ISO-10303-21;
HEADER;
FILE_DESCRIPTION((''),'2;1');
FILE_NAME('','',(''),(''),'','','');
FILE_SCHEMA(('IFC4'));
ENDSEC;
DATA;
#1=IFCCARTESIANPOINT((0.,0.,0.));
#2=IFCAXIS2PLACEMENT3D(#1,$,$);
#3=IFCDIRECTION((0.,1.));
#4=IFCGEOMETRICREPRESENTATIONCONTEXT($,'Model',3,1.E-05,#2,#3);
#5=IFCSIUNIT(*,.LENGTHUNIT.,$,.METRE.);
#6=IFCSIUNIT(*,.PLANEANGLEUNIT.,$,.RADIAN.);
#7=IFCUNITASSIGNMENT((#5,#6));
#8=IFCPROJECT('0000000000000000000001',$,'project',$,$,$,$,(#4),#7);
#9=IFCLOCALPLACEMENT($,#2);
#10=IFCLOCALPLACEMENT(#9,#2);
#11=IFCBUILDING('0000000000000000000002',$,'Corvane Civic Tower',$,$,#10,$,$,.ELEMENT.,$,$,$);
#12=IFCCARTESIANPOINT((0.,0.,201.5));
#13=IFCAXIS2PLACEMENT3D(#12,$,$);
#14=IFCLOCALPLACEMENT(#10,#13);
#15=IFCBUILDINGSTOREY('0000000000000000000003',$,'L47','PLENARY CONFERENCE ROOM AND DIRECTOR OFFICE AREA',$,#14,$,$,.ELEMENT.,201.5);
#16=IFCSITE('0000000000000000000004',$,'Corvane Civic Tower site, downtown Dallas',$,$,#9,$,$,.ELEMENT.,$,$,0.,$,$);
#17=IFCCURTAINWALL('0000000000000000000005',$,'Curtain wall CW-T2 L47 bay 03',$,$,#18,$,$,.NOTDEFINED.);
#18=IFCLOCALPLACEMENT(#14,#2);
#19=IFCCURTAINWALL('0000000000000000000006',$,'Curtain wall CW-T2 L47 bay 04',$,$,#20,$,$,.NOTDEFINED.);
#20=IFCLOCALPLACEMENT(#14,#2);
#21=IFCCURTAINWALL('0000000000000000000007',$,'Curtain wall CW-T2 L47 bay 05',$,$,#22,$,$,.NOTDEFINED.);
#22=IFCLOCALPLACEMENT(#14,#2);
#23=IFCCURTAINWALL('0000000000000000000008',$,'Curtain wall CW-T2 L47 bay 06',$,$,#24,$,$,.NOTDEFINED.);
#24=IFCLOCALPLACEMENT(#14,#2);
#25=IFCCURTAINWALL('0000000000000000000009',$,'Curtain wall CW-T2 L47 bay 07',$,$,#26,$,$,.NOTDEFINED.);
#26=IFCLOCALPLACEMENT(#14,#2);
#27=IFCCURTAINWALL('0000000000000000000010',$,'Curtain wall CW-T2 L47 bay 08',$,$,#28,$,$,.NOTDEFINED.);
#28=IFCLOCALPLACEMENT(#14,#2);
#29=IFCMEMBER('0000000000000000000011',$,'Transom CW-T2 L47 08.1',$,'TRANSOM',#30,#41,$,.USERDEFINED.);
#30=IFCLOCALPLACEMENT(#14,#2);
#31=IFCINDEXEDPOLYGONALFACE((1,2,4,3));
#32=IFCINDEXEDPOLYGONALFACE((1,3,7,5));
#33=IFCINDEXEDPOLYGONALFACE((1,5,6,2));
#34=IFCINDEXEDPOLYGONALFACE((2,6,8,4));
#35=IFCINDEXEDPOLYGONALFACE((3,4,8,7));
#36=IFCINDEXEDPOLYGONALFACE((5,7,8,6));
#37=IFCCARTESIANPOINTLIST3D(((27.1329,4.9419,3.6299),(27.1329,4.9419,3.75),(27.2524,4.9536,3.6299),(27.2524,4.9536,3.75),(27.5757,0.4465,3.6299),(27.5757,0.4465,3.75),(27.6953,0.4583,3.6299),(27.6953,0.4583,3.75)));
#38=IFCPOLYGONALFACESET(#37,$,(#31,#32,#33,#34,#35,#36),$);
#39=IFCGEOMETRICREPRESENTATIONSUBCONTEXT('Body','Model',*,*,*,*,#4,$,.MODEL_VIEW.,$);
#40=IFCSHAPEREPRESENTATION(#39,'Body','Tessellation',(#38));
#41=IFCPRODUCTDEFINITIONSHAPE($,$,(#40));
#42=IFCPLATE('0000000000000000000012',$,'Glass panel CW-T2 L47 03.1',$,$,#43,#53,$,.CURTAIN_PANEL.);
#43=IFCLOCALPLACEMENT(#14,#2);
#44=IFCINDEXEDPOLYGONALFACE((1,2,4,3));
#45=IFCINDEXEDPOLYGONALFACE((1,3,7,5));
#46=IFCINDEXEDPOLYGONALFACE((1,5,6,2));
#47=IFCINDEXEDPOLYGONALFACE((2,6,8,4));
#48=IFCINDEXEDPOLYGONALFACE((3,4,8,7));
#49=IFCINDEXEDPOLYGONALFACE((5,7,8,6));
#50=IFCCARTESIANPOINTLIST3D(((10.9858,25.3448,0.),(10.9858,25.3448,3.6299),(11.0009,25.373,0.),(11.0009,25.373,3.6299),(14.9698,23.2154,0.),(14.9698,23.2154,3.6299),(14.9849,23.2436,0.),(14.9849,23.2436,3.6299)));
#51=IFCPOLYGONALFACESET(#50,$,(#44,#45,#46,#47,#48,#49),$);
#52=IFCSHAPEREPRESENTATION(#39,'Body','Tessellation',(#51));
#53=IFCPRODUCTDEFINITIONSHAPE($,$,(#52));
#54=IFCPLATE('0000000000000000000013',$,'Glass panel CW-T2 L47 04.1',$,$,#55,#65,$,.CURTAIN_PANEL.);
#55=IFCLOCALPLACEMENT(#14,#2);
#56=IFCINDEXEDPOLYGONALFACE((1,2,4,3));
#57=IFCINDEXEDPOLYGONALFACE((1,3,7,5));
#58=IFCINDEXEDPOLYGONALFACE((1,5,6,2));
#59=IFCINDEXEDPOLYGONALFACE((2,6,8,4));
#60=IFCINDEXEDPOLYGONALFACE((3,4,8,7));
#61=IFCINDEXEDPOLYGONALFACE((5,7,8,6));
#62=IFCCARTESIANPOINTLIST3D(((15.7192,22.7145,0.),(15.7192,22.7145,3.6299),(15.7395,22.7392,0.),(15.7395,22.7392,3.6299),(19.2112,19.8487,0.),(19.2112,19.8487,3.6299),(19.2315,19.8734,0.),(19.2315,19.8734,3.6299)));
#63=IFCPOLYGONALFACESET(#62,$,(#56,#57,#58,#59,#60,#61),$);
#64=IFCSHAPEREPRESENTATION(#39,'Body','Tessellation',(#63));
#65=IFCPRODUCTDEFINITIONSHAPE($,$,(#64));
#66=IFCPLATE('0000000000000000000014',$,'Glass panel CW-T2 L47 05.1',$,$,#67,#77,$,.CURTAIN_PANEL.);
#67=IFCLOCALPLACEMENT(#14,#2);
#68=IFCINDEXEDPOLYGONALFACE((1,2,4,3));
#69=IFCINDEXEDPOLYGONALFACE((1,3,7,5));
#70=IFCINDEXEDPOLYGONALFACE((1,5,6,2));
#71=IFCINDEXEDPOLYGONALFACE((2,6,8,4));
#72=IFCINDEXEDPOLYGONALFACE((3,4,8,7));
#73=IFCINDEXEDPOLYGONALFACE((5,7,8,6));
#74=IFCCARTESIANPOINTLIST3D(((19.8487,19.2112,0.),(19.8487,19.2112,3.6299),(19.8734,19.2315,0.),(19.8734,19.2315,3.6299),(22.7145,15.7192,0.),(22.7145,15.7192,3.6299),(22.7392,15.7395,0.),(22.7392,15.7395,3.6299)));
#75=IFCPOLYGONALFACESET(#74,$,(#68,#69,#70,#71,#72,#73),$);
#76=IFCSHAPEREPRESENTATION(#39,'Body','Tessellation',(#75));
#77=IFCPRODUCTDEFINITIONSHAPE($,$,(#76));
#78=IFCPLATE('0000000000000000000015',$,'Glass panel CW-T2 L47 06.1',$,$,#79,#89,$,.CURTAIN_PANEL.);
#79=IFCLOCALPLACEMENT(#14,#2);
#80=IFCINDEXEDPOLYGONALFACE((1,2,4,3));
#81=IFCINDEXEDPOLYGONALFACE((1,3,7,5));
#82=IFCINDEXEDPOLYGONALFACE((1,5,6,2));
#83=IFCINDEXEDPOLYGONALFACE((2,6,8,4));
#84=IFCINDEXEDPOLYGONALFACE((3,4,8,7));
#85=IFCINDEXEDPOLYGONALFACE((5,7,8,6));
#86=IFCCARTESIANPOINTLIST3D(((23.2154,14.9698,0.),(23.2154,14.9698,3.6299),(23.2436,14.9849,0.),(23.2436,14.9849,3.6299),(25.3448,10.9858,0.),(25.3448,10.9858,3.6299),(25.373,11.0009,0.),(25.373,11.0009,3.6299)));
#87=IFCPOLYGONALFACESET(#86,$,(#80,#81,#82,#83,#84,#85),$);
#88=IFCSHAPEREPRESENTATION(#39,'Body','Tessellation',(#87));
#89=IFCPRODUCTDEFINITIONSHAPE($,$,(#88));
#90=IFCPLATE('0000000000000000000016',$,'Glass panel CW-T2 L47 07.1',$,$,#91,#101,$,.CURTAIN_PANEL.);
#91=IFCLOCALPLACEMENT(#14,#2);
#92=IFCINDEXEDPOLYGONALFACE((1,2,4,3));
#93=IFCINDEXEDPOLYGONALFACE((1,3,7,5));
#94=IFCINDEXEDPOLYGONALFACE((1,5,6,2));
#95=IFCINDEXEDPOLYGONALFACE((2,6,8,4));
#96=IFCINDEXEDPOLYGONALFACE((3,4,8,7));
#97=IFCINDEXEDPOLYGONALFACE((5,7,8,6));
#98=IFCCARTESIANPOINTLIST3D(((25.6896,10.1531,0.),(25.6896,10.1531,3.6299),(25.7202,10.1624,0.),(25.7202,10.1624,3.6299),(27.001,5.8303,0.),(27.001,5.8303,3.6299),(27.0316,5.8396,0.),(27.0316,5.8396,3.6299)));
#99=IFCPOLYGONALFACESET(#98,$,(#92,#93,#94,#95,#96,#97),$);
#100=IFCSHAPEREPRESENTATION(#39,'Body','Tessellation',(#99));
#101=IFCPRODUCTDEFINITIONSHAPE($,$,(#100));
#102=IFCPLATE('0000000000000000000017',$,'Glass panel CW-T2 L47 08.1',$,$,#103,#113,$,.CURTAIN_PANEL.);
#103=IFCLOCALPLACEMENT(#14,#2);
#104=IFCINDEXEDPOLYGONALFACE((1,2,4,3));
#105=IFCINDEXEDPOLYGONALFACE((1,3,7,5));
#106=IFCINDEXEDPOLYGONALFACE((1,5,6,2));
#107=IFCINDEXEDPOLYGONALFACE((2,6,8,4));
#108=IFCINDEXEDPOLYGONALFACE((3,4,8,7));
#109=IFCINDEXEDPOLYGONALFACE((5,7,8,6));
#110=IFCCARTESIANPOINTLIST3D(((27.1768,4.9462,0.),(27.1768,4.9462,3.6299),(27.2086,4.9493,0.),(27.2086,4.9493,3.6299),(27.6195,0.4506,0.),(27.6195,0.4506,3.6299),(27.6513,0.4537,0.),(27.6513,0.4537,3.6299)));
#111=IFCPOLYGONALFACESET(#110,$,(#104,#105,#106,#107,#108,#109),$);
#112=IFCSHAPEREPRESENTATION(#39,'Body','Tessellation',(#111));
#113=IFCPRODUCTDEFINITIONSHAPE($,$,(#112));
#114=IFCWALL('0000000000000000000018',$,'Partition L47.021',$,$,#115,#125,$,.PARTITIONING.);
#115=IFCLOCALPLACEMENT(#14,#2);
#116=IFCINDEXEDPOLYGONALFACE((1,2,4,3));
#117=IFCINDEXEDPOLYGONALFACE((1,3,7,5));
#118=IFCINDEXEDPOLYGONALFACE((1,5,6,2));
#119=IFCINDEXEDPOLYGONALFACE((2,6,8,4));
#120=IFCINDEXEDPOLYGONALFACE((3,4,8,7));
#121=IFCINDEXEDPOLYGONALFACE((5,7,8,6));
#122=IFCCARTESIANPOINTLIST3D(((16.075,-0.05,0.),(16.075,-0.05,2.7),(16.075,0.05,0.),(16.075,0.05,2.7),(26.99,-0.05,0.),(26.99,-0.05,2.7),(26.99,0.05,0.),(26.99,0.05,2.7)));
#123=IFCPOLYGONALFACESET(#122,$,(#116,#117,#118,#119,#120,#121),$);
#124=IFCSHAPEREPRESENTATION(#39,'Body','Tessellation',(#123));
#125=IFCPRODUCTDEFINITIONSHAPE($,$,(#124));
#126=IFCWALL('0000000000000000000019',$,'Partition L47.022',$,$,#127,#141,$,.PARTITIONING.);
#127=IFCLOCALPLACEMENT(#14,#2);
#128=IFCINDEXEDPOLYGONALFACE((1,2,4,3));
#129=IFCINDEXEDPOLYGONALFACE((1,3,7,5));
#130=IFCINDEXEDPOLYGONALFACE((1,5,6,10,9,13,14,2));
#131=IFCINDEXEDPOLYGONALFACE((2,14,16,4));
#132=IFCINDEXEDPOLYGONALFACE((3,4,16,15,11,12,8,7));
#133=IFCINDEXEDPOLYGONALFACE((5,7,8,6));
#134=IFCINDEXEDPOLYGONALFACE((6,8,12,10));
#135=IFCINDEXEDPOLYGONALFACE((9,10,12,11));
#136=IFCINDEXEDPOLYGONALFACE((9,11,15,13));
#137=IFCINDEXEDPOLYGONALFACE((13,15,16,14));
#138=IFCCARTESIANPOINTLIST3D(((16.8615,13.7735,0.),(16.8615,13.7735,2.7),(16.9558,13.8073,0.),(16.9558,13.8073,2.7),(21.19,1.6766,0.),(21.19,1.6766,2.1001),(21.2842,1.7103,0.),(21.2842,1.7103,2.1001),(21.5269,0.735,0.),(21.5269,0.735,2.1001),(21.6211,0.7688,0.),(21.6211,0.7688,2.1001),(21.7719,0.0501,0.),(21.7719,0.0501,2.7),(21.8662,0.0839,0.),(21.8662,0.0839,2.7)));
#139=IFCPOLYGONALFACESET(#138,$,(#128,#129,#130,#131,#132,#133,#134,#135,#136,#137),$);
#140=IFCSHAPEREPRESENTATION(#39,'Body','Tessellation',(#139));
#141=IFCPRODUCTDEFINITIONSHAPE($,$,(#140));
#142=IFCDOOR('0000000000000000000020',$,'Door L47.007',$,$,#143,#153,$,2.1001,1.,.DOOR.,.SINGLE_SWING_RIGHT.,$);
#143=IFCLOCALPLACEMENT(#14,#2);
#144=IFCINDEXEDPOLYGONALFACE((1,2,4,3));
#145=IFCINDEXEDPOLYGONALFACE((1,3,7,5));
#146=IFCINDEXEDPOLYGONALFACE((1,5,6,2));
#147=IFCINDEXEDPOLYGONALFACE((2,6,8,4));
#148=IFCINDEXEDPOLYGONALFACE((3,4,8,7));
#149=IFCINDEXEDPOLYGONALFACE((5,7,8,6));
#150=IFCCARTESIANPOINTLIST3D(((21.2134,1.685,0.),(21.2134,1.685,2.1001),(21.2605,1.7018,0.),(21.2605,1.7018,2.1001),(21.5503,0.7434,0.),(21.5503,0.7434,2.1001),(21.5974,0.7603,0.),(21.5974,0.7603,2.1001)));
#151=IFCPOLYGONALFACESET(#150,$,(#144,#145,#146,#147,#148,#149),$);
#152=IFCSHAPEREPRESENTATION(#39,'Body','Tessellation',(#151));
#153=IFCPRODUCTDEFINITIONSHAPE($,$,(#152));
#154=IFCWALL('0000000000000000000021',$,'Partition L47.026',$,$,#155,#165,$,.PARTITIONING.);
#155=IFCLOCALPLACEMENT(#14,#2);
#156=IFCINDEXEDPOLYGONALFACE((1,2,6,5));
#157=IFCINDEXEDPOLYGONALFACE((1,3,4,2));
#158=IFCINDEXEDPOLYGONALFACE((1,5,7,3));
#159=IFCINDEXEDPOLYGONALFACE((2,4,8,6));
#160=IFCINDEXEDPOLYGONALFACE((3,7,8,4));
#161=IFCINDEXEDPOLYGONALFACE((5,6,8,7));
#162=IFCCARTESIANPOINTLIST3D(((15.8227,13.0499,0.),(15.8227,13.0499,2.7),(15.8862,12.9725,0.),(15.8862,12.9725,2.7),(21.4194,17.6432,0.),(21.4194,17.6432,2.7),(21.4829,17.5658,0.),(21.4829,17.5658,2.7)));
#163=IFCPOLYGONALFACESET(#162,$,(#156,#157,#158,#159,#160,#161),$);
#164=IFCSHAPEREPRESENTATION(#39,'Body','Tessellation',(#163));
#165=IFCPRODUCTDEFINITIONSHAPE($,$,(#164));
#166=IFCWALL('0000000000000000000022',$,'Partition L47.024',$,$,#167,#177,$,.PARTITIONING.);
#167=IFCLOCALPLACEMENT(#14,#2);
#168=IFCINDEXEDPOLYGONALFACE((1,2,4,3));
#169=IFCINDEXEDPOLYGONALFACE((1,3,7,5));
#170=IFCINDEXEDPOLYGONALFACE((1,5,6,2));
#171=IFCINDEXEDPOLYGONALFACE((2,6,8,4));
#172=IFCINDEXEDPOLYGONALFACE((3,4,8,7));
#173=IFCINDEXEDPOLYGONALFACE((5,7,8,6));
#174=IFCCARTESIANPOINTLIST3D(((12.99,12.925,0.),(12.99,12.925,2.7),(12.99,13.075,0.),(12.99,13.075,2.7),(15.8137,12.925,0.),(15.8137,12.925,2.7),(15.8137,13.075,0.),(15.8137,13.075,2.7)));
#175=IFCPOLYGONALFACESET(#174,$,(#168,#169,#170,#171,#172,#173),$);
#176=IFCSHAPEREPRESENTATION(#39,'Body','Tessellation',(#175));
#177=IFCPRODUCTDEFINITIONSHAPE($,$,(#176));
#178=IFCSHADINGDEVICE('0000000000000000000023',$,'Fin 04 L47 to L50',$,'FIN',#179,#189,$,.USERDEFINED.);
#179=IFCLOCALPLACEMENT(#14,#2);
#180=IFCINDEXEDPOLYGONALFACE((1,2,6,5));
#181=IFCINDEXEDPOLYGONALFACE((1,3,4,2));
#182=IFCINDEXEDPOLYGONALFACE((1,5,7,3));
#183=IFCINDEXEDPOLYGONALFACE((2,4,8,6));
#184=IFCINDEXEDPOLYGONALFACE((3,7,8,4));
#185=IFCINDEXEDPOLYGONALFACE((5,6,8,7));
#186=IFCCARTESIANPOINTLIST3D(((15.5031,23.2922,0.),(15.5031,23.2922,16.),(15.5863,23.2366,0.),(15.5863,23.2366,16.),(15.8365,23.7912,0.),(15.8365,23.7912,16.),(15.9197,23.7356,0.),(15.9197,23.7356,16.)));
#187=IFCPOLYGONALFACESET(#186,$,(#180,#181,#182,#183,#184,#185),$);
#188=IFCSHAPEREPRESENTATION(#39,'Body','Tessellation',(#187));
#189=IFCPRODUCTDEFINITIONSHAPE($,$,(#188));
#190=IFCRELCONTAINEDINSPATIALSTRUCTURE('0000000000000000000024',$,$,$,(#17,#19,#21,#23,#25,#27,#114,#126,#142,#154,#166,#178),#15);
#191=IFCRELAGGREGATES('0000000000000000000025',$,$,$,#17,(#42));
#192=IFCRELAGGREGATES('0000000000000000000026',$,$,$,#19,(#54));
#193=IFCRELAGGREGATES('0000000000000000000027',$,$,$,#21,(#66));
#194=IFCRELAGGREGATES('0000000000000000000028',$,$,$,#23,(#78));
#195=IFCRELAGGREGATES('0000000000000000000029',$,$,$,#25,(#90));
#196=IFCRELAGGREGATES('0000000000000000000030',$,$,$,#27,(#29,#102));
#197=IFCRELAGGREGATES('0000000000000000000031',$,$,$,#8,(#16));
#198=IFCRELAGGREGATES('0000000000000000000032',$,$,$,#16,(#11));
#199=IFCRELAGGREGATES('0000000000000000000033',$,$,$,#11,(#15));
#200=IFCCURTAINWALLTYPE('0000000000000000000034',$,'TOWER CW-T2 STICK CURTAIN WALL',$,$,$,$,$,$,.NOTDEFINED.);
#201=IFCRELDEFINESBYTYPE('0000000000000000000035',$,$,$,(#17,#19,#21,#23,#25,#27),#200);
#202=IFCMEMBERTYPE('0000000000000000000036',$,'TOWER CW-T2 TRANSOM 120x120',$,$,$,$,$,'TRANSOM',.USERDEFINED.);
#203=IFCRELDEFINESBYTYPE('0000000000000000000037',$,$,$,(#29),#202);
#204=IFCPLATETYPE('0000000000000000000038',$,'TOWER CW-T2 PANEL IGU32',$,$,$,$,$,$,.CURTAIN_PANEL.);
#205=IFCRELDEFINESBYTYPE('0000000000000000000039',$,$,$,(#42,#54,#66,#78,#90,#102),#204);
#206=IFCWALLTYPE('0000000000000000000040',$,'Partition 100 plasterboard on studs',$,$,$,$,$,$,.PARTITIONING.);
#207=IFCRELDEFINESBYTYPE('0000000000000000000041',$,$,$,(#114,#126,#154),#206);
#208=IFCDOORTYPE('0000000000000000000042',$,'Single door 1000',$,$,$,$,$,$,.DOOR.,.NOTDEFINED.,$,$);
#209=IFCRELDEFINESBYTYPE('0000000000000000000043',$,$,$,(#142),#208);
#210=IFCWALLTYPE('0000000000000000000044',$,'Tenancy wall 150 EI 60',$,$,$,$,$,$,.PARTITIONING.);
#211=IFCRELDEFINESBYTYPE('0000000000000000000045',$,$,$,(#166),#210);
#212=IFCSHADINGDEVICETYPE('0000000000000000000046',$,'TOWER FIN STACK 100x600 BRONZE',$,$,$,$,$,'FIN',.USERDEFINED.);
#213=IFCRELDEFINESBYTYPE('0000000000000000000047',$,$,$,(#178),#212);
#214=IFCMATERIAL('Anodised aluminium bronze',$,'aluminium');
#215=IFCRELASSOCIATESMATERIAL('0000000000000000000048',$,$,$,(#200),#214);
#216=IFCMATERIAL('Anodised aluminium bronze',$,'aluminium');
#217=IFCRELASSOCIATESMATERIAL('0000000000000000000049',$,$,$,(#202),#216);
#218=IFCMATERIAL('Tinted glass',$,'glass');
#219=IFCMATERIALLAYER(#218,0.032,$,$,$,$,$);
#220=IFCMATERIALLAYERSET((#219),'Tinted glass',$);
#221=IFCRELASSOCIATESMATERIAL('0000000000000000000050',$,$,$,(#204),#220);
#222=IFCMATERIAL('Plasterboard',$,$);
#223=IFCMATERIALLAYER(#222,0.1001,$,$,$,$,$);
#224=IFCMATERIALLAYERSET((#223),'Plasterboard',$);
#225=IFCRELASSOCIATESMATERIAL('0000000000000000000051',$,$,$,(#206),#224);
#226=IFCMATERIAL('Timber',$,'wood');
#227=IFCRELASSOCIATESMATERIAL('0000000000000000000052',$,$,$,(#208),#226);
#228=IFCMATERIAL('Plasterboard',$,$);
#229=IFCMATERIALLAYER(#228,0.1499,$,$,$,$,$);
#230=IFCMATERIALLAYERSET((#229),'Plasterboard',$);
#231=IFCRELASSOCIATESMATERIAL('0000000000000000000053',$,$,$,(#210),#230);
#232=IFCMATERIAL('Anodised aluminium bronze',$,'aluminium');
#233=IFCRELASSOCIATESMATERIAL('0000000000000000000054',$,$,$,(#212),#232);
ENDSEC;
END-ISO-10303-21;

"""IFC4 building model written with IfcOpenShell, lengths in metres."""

from ifc_helpers import new_model, si_unit, direction, frame, frame_2d, origin, origin_2d, place, context, subcontext, project, spatial, rectangle, extrude, material, layer, layer_set, material_profile, profile_set, type_object, element, fill, aggregate, save


model = new_model("IFC4")

# Units and contexts
model_context = context("Model", 3, precision=1e-05, world=origin(), true_north=direction((0.0, 1.0)))
body_context = subcontext(model_context, "Body", "Model", "MODEL_VIEW")
ifc_project = project(units=[si_unit("LENGTHUNIT", "METRE"), si_unit("PLANEANGLEUNIT", "RADIAN")], contexts=[model_context])

# Site, building, storey
site_placement = place(None, origin())
site = spatial("IfcSite", under=ifc_project, at=site_placement, Name="Corvane Civic Tower site, downtown Dallas", CompositionType="ELEMENT", RefElevation=0.0)
building_placement = place(site_placement, origin())
building = spatial("IfcBuilding", under=site, at=building_placement, Name="Corvane Civic Tower", CompositionType="ELEMENT")
storey_placement = place(building_placement, frame((0.0, 0.0, 201.5)))
storey = spatial("IfcBuildingStorey", under=building, at=storey_placement, Name="L47", Description="PLENARY CONFERENCE ROOM AND DIRECTOR OFFICE AREA", CompositionType="ELEMENT", Elevation=201.5)

# Curtain walls, member
ifc_material_1 = material(Name="Anodised aluminium bronze", Category="aluminium")
curtain_wall_type = type_object("IfcCurtainWallType", Name="TOWER CW-T2 STICK CURTAIN WALL", PredefinedType="NOTDEFINED", material=ifc_material_1)
curtain_wall_1_placement = place(storey_placement, origin())
curtain_wall_1 = element("IfcCurtainWall", 1, at=curtain_wall_1_placement, inside=storey, type_object=curtain_wall_type, Name="Curtain wall CW-T2 L47 bay 03", PredefinedType="NOTDEFINED")
ifc_material_2 = material(Name="Anodised aluminium bronze", Category="aluminium")
ifc_material_profile_1 = material_profile(ifc_material_2, rectangle(XDim=0.1201, YDim=0.1201, at=origin_2d()), Name="TOWER CW-T2 TRANSOM 120x120")
ifc_profile_set_1 = profile_set([ifc_material_profile_1], Name="Anodised aluminium bronze")
member_type = type_object("IfcMemberType", Name="TOWER CW-T2 TRANSOM 120x120", ElementType="TRANSOM", PredefinedType="USERDEFINED", material=ifc_profile_set_1)
curtain_wall_2_placement = place(storey_placement, origin())
curtain_wall_2 = element("IfcCurtainWall", 2, at=curtain_wall_2_placement, inside=storey, type_object=curtain_wall_type, Name="Curtain wall CW-T2 L47 bay 04", PredefinedType="NOTDEFINED")
curtain_wall_3_placement = place(storey_placement, origin())
curtain_wall_3 = element("IfcCurtainWall", 3, at=curtain_wall_3_placement, inside=storey, type_object=curtain_wall_type, Name="Curtain wall CW-T2 L47 bay 05", PredefinedType="NOTDEFINED")
curtain_wall_4_placement = place(storey_placement, origin())
curtain_wall_4 = element("IfcCurtainWall", 4, at=curtain_wall_4_placement, inside=storey, type_object=curtain_wall_type, Name="Curtain wall CW-T2 L47 bay 06", PredefinedType="NOTDEFINED")
curtain_wall_5_placement = place(storey_placement, origin())
curtain_wall_5 = element("IfcCurtainWall", 5, at=curtain_wall_5_placement, inside=storey, type_object=curtain_wall_type, Name="Curtain wall CW-T2 L47 bay 07", PredefinedType="NOTDEFINED")
curtain_wall_6_placement = place(storey_placement, origin())
curtain_wall_6 = element("IfcCurtainWall", 6, at=curtain_wall_6_placement, inside=storey, type_object=curtain_wall_type, Name="Curtain wall CW-T2 L47 bay 08", PredefinedType="NOTDEFINED")
member_1_placement = place(storey_placement, frame((27.1926, 4.9478, 3.6899), z_axis=(0.098043, -0.995182, 0.0), x_axis=(0.995182, 0.098043, 0.0)))
member_1 = element("IfcMember", 7, at=member_1_placement, type_object=member_type, Name="Transom CW-T2 L47 08.1", ObjectType="TRANSOM", PredefinedType="USERDEFINED", context=body_context, shape_type="SweptSolid", body=[
    extrude(rectangle(XDim=0.1201, YDim=0.1201, at=origin_2d()), origin(), (0.0, 0.0, 1.0), 4.5171),
])

# Plates
ifc_material_3 = material(Name="Tinted glass", Category="glass")
ifc_layer_1 = layer(ifc_material_3, 0.032)
ifc_layer_set_1 = layer_set([ifc_layer_1], Name="Tinted glass")
plate_type = type_object("IfcPlateType", Name="TOWER CW-T2 PANEL IGU32", PredefinedType="CURTAIN_PANEL", material=ifc_layer_set_1)
plate_1_placement = place(storey_placement, frame((12.9854, 24.2942, 0.0), z_axis=(0.0, 0.0, 1.0), x_axis=(0.88192, -0.471398, 0.0)))
plate_1 = element("IfcPlate", 8, at=plate_1_placement, type_object=plate_type, Name="Glass panel CW-T2 L47 03.1", PredefinedType="CURTAIN_PANEL", context=body_context, shape_type="SweptSolid", body=[
    extrude(rectangle(XDim=4.5173, YDim=0.032, at=origin_2d()), origin(), (0.0, 0.0, 1.0), 3.6299),
])
aggregate(curtain_wall_1, [plate_1])
plate_2_placement = place(storey_placement, frame((17.4753, 21.2939, 0.0), z_axis=(0.0, 0.0, 1.0), x_axis=(0.773012, -0.634391, 0.0)))
plate_2 = element("IfcPlate", 9, at=plate_2_placement, type_object=plate_type, Name="Glass panel CW-T2 L47 04.1", PredefinedType="CURTAIN_PANEL", context=body_context, shape_type="SweptSolid", body=[
    extrude(rectangle(XDim=4.5173, YDim=0.032, at=origin_2d()), origin(), (0.0, 0.0, 1.0), 3.6299),
])
aggregate(curtain_wall_2, [plate_2])
plate_3_placement = place(storey_placement, frame((21.2939, 17.4753, 0.0), z_axis=(0.0, 0.0, 1.0), x_axis=(0.634391, -0.773012, 0.0)))
plate_3 = element("IfcPlate", 10, at=plate_3_placement, type_object=plate_type, Name="Glass panel CW-T2 L47 05.1", PredefinedType="CURTAIN_PANEL", context=body_context, shape_type="SweptSolid", body=[
    extrude(rectangle(XDim=4.5173, YDim=0.032, at=origin_2d()), origin(), (0.0, 0.0, 1.0), 3.6299),
])
aggregate(curtain_wall_3, [plate_3])
plate_4_placement = place(storey_placement, frame((24.2942, 12.9854, 0.0), z_axis=(0.0, 0.0, 1.0), x_axis=(0.471398, -0.88192, 0.0)))
plate_4 = element("IfcPlate", 11, at=plate_4_placement, type_object=plate_type, Name="Glass panel CW-T2 L47 06.1", PredefinedType="CURTAIN_PANEL", context=body_context, shape_type="SweptSolid", body=[
    extrude(rectangle(XDim=4.5173, YDim=0.032, at=origin_2d()), origin(), (0.0, 0.0, 1.0), 3.6299),
])
aggregate(curtain_wall_4, [plate_4])
plate_5_placement = place(storey_placement, frame((26.3606, 7.9963, 0.0), z_axis=(0.0, 0.0, 1.0), x_axis=(0.29029, -0.956939, 0.0)))
plate_5 = element("IfcPlate", 12, at=plate_5_placement, type_object=plate_type, Name="Glass panel CW-T2 L47 07.1", PredefinedType="CURTAIN_PANEL", context=body_context, shape_type="SweptSolid", body=[
    extrude(rectangle(XDim=4.5173, YDim=0.032, at=origin_2d()), origin(), (0.0, 0.0, 1.0), 3.6299),
])
aggregate(curtain_wall_5, [plate_5])
plate_6_placement = place(storey_placement, frame((27.4141, 2.7, 0.0), z_axis=(0.0, 0.0, 1.0), x_axis=(0.097993, -0.995187, 0.0)))
plate_6 = element("IfcPlate", 13, at=plate_6_placement, type_object=plate_type, Name="Glass panel CW-T2 L47 08.1", PredefinedType="CURTAIN_PANEL", context=body_context, shape_type="SweptSolid", body=[
    extrude(rectangle(XDim=4.5173, YDim=0.032, at=origin_2d()), origin(), (0.0, 0.0, 1.0), 3.6299),
])
aggregate(curtain_wall_6, [member_1, plate_6])

# Wall
ifc_material_4 = material(Name="Plasterboard")
ifc_layer_2 = layer(ifc_material_4, 0.1001)
ifc_layer_set_2 = layer_set([ifc_layer_2], Name="Plasterboard")
wall_type_1 = type_object("IfcWallType", Name="Partition 100 plasterboard on studs", PredefinedType="PARTITIONING", material=ifc_layer_set_2)
wall_1_placement = place(storey_placement, frame((16.075, 0.0, 0.0), z_axis=(0.0, 0.0, 1.0), x_axis=(1.0, 0.0, 0.0)))
element("IfcWall", 14, at=wall_1_placement, inside=storey, type_object=wall_type_1, Name="Partition L47.021", PredefinedType="PARTITIONING", context=body_context, shape_type="SweptSolid", body=[
    extrude(rectangle(XDim=10.915, YDim=0.1001, at=frame_2d((5.4575, 0.0))), origin(), (0.0, 0.0, 1.0), 2.7),
])

# Wall, opening, door
wall_2_placement = place(storey_placement, frame((16.9087, 13.7903, 0.0), z_axis=(0.0, 0.0, 1.0), x_axis=(0.336896, -0.941542, 0.0)))
wall_2 = element("IfcWall", 15, at=wall_2_placement, inside=storey, type_object=wall_type_1, Name="Partition L47.022", PredefinedType="PARTITIONING", context=body_context, shape_type="SweptSolid", body=[
    extrude(rectangle(XDim=14.5754, YDim=0.1001, at=frame_2d((7.2876, 0.0))), origin(), (0.0, 0.0, 1.0), 2.7),
])
opening_placement = place(wall_2_placement, frame((12.8479, 0.0, 0.0)))
opening = element("IfcOpeningElement", 16, at=opening_placement, cuts=wall_2, PredefinedType="OPENING", context=body_context, shape_type="SweptSolid", body=[
    extrude(rectangle(XDim=1.0, YDim=2.1001, at=frame_2d((0.5, 1.05))), frame((0.0, 0.0601, 0.0), z_axis=(0.0, -1.0, 0.0), x_axis=(1.0, 0.0, 0.0)), (0.0, 0.0, 1.0), 0.1201),
])
ifc_material_5 = material(Name="Timber", Category="wood")
door_type = type_object("IfcDoorType", Name="Single door 1000", OperationType="NOTDEFINED", PredefinedType="DOOR", material=ifc_material_5)
door_placement = place(opening_placement, origin())
door = element("IfcDoor", 17, at=door_placement, inside=storey, type_object=door_type, Name="Door L47.007", OperationType="SINGLE_SWING_RIGHT", OverallHeight=2.1001, OverallWidth=1.0, PredefinedType="DOOR", context=body_context, shape_type="SweptSolid", body=[
    extrude(rectangle(XDim=1.0, YDim=2.1001, at=frame_2d((0.5, 1.05))), frame((0.0, 0.0249, 0.0), z_axis=(0.0, -1.0, 0.0), x_axis=(1.0, 0.0, 0.0)), (0.0, 0.0, 1.0), 0.05),
])
fill(opening, door)

# Walls
wall_3_placement = place(storey_placement, frame((15.8545, 13.0112, 0.0), z_axis=(0.0, 0.0, 1.0), x_axis=(0.772998, 0.634409, 0.0)))
element("IfcWall", 18, at=wall_3_placement, inside=storey, type_object=wall_type_1, Name="Partition L47.026", PredefinedType="PARTITIONING", context=body_context, shape_type="SweptSolid", body=[
    extrude(rectangle(XDim=7.2402, YDim=0.1001, at=frame_2d((3.6201, 0.0))), origin(), (0.0, 0.0, 1.0), 2.7),
])
ifc_material_6 = material(Name="Plasterboard")
ifc_layer_3 = layer(ifc_material_6, 0.1499)
ifc_layer_set_3 = layer_set([ifc_layer_3], Name="Plasterboard")
wall_type_2 = type_object("IfcWallType", Name="Tenancy wall 150 EI 60", PredefinedType="PARTITIONING", material=ifc_layer_set_3)
wall_4_placement = place(storey_placement, frame((12.99, 13.0, 0.0), z_axis=(0.0, 0.0, 1.0), x_axis=(1.0, 0.0, 0.0)))
element("IfcWall", 19, at=wall_4_placement, inside=storey, type_object=wall_type_2, Name="Partition L47.024", PredefinedType="PARTITIONING", context=body_context, shape_type="SweptSolid", body=[
    extrude(rectangle(XDim=2.8237, YDim=0.1499, at=frame_2d((1.4119, 0.0))), origin(), (0.0, 0.0, 1.0), 2.7),
])

# Shading device
ifc_material_7 = material(Name="Anodised aluminium bronze", Category="aluminium")
ifc_material_profile_2 = material_profile(ifc_material_7, rectangle(XDim=0.1001, YDim=0.6001, at=origin_2d()), Name="TOWER FIN STACK 100x600 BRONZE")
ifc_profile_set_2 = profile_set([ifc_material_profile_2], Name="Anodised aluminium bronze")
shading_device_type = type_object("IfcShadingDeviceType", Name="TOWER FIN STACK 100x600 BRONZE", ElementType="FIN", PredefinedType="USERDEFINED", material=ifc_profile_set_2)
for number, where, z_axis, x_axis, name in (
    (20, (15.7114, 23.5139, 0.0), (0.0, 0.0, 1.0), (0.83147, -0.55557, 0.0), "Fin 04 L47 to L50"),
):
    element("IfcShadingDevice", number, at=place(storey_placement, frame(where, z_axis=z_axis, x_axis=x_axis)), inside=storey, type_object=shading_device_type, Name=name, ObjectType="FIN", PredefinedType="USERDEFINED", context=body_context, shape_type="SweptSolid", body=[
        extrude(rectangle(XDim=0.1001, YDim=0.6001, at=origin_2d()), origin(), (0.0, 0.0, 1.0), 16.0),
    ])

save(model, "model.ifc")
